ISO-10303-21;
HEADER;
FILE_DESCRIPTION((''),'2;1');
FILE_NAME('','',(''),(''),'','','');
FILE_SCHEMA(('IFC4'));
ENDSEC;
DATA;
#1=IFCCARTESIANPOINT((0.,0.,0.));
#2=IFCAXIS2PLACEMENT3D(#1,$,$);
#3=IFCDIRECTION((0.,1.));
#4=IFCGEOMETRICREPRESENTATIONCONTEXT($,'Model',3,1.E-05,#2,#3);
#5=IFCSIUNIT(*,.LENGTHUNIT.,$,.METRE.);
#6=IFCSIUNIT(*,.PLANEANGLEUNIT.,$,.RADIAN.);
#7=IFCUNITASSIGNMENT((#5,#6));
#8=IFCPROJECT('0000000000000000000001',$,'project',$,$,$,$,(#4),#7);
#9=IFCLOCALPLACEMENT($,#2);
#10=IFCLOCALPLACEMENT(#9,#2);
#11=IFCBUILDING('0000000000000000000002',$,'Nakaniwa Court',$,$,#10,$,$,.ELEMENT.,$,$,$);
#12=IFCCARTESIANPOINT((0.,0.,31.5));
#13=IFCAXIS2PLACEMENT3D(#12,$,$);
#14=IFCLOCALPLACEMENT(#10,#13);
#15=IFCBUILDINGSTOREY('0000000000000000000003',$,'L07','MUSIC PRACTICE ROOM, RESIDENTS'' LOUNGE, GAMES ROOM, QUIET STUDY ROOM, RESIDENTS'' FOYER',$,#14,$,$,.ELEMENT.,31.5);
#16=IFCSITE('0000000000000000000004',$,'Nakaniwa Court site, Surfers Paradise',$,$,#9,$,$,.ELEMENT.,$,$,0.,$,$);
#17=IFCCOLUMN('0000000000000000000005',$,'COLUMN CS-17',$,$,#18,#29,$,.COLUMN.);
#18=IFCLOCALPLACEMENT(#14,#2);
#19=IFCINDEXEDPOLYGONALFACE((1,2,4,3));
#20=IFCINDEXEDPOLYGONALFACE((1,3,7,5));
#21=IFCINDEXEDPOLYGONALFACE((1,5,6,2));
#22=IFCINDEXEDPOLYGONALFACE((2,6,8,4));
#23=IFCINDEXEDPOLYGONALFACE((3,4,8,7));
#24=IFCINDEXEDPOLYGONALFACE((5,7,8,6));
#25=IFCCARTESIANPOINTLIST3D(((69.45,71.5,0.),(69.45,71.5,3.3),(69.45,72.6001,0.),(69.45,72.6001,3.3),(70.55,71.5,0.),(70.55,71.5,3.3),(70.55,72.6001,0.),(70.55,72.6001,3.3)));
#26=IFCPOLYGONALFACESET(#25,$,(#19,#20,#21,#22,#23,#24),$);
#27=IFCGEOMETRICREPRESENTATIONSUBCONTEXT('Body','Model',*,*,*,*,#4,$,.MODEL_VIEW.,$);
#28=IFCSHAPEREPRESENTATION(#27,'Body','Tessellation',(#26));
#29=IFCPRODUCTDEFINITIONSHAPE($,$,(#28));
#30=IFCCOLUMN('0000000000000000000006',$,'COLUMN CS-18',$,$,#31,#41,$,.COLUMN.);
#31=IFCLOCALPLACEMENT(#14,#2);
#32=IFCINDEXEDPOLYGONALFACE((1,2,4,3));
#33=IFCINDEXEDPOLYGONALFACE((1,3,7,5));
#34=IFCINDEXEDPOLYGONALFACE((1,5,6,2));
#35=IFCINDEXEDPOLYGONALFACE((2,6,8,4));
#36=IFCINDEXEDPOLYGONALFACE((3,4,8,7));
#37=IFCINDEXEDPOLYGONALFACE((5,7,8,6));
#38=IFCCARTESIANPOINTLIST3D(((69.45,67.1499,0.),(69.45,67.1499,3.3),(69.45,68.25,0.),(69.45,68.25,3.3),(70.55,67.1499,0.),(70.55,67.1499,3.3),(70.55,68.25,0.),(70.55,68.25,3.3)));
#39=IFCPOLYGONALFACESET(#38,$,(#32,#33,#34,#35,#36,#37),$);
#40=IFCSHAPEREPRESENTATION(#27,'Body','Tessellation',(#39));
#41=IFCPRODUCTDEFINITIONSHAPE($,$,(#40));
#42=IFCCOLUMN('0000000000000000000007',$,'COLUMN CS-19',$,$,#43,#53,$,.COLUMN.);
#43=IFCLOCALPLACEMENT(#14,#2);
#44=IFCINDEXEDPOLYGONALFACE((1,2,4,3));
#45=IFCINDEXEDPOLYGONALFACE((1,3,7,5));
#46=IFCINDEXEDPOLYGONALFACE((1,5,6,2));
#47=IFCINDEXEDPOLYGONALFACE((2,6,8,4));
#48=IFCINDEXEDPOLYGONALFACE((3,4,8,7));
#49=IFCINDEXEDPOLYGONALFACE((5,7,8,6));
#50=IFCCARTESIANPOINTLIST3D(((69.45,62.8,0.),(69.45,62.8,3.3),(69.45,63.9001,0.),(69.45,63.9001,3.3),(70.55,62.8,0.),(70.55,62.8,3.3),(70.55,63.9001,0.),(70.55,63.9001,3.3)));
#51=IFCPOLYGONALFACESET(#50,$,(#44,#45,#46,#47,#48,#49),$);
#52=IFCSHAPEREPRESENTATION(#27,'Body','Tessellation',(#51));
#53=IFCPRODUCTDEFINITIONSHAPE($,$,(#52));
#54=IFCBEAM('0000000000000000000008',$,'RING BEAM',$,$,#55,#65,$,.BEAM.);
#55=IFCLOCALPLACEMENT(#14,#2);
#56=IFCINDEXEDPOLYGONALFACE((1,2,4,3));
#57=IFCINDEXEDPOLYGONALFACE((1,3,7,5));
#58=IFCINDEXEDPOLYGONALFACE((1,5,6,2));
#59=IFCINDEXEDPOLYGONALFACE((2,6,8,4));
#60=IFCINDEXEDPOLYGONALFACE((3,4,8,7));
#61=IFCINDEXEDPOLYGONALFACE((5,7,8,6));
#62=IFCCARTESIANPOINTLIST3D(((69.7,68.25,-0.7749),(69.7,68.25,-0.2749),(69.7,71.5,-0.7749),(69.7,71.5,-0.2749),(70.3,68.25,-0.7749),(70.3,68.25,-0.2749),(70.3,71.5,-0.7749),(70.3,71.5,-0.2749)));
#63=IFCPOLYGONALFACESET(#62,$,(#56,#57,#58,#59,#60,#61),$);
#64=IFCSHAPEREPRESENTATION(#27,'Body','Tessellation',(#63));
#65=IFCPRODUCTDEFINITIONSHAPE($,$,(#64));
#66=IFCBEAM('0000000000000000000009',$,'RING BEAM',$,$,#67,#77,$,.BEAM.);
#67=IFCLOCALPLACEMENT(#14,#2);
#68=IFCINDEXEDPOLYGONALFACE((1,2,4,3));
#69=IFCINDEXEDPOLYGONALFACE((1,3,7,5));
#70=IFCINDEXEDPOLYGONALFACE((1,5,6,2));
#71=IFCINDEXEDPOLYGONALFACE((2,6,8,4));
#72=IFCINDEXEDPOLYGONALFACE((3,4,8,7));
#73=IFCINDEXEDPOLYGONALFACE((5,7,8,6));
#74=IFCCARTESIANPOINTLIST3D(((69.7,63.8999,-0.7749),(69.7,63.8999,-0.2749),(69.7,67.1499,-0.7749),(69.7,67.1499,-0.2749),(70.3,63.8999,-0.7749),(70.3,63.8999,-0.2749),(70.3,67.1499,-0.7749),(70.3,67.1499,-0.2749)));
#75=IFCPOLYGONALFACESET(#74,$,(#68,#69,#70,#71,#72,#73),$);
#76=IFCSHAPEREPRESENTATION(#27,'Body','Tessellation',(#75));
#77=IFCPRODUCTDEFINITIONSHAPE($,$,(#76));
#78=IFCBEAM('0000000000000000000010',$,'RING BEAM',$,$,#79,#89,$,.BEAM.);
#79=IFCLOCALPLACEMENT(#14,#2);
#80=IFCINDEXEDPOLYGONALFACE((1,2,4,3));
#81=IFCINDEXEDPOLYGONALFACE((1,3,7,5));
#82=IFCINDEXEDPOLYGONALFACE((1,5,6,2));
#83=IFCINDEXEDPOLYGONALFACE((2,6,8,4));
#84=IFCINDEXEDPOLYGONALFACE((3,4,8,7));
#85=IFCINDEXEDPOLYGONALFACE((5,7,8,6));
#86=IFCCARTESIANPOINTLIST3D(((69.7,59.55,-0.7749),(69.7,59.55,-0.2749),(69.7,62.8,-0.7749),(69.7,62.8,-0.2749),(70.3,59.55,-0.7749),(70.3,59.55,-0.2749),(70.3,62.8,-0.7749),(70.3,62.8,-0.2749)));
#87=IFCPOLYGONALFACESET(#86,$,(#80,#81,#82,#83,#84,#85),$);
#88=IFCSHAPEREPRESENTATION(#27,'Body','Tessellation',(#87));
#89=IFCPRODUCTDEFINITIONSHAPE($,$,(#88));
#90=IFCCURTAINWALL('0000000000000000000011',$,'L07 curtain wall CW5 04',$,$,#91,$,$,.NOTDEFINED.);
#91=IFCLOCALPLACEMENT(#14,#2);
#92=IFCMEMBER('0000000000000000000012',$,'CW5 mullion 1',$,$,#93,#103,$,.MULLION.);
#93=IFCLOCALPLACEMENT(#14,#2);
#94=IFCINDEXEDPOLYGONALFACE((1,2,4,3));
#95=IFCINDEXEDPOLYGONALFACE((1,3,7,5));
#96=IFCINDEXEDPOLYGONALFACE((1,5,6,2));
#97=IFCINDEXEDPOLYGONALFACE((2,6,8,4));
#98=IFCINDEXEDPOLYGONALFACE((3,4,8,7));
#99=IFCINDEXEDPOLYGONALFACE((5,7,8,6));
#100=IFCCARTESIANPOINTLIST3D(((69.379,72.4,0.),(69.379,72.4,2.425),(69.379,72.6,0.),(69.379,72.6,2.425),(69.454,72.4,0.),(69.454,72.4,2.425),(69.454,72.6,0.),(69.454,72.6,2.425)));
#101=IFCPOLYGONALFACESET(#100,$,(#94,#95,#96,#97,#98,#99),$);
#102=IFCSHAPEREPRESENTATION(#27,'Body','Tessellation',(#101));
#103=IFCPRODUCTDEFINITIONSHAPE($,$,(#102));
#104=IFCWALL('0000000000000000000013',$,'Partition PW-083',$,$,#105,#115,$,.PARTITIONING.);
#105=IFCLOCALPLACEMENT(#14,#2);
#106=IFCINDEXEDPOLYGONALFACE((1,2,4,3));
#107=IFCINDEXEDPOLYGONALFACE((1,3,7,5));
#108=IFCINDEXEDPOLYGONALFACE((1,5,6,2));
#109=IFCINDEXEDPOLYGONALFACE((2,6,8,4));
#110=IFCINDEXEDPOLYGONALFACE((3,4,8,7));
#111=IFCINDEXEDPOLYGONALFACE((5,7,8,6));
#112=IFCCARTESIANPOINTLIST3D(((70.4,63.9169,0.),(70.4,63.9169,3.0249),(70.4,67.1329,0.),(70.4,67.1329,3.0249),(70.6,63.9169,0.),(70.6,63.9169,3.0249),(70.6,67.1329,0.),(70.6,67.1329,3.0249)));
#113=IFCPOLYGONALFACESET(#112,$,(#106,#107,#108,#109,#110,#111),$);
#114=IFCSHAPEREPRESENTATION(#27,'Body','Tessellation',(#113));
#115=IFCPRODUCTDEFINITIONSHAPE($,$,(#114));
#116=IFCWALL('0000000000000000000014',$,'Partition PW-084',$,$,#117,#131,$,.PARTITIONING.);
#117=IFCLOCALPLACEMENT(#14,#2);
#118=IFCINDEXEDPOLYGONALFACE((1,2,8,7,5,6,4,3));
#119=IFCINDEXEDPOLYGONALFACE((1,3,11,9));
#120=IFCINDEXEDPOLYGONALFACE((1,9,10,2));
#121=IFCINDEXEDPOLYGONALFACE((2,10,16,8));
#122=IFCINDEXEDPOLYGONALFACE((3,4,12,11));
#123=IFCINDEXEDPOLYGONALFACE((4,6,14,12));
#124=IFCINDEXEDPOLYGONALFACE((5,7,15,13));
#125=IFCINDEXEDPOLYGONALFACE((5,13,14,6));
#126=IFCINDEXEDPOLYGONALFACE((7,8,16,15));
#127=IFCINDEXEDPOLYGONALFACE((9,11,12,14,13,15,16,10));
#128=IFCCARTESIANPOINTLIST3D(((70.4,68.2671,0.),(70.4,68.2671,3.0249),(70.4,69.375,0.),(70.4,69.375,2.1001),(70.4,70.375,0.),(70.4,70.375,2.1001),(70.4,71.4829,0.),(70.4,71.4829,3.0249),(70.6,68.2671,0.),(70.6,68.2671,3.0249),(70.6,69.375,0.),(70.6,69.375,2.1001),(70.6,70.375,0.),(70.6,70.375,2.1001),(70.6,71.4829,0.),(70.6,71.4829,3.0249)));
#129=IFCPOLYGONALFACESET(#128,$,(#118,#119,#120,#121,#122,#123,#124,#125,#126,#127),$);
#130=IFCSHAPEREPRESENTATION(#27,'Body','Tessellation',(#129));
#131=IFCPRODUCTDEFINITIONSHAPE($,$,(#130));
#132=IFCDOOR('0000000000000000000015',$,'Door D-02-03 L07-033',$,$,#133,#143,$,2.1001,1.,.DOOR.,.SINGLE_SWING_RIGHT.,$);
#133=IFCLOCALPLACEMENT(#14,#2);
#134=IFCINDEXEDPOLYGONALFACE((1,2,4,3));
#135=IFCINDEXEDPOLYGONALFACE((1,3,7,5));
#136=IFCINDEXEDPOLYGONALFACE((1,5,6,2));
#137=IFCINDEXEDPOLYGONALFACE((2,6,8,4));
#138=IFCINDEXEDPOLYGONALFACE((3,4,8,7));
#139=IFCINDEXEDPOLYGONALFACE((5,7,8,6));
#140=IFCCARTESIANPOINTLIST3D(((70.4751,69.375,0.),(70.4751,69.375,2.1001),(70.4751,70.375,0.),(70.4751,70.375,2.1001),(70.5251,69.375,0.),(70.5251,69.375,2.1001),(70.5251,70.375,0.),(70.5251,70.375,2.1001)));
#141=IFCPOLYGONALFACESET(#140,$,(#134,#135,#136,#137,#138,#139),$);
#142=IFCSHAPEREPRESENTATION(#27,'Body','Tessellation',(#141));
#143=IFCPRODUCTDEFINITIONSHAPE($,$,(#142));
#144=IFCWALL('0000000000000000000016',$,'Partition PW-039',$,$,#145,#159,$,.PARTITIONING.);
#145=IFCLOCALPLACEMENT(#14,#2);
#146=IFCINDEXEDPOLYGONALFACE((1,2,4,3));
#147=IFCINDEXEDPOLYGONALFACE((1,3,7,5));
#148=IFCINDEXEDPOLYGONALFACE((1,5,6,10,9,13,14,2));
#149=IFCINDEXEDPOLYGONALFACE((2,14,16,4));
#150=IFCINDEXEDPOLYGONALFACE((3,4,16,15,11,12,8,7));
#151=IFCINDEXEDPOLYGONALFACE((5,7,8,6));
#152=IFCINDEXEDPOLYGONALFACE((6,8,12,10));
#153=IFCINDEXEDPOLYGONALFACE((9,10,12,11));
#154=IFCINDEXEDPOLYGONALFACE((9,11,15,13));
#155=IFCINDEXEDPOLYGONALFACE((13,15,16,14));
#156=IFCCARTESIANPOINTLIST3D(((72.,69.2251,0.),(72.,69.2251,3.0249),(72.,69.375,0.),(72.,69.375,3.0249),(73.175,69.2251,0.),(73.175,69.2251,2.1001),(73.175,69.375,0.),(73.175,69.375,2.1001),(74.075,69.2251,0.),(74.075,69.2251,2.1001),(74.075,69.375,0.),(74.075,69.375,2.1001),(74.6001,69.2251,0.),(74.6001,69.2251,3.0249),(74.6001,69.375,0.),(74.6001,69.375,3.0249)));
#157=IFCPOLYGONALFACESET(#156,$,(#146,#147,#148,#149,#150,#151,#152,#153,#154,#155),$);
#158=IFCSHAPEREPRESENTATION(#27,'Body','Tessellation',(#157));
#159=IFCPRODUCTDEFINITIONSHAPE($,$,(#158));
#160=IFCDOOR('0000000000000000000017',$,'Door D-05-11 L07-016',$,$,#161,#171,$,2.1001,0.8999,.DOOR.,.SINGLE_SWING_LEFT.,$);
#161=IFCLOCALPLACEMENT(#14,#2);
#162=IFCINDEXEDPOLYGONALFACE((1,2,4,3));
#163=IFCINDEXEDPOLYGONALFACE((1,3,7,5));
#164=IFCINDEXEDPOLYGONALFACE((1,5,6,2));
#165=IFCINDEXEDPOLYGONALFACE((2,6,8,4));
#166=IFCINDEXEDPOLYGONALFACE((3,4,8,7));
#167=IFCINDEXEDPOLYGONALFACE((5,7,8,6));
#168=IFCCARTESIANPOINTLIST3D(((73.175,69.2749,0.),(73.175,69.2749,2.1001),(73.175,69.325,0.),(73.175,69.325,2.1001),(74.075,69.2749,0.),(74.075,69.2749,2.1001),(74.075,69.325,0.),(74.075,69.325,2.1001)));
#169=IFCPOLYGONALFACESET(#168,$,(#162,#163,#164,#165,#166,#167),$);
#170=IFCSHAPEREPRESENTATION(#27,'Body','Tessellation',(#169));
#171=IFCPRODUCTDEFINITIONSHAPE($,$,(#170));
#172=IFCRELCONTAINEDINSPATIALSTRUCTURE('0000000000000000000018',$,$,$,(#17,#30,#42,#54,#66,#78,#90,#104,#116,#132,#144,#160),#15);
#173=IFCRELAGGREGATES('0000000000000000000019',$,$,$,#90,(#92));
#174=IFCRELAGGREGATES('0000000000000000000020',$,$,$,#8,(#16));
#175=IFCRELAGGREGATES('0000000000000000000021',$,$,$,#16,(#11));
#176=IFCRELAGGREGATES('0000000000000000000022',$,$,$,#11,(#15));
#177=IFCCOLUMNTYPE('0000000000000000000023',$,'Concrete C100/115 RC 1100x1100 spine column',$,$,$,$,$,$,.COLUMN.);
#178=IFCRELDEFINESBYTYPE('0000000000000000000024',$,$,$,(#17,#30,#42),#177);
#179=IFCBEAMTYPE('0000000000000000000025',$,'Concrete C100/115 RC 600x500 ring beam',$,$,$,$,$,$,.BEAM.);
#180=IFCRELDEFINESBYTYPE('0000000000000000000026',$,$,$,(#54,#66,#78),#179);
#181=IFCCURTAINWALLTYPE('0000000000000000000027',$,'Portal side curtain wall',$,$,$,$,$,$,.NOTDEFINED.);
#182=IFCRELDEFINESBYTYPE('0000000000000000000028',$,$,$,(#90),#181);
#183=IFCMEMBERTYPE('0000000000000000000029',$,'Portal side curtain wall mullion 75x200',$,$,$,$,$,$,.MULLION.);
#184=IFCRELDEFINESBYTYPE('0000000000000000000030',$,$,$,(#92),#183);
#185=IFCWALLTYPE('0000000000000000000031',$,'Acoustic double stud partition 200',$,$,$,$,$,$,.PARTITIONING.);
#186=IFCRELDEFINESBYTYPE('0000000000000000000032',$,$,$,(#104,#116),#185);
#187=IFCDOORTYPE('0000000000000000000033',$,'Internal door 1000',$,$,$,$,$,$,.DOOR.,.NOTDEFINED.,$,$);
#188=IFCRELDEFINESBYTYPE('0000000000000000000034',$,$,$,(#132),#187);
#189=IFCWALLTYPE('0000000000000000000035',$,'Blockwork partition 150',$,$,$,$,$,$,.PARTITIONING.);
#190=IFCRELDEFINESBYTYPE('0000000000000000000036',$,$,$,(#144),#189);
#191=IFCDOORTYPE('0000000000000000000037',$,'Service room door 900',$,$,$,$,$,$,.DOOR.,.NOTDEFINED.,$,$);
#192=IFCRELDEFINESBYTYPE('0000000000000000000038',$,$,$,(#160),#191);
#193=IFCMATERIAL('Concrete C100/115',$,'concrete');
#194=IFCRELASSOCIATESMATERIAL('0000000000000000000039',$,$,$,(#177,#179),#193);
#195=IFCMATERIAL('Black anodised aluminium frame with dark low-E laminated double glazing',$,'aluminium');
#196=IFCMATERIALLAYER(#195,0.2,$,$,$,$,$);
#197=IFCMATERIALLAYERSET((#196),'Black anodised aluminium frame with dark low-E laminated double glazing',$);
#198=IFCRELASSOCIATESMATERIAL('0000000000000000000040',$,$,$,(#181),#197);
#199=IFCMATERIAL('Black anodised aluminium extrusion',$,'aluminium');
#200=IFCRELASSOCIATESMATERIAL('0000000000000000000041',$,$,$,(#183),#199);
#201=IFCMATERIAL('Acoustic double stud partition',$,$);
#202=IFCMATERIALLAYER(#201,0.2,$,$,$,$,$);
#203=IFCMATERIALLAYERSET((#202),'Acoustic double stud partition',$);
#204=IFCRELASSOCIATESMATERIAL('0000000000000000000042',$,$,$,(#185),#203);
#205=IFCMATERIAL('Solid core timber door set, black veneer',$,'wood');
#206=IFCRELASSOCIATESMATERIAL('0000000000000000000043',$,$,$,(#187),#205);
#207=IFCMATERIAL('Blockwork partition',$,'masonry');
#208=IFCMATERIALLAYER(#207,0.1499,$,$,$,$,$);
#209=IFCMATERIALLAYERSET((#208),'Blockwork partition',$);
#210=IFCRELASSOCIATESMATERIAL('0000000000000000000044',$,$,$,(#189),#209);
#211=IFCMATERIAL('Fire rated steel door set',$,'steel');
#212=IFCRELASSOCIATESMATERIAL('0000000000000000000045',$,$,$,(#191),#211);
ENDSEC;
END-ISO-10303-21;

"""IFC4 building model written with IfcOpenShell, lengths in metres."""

from ifc_helpers import new_model, si_unit, direction, frame, frame_2d, origin, origin_2d, place, context, subcontext, project, spatial, rectangle, extrude, material, layer, layer_set, material_profile, profile_set, type_object, element, fill, aggregate, save


model = new_model("IFC4")

# Units and contexts
model_context = context("Model", 3, precision=1e-05, world=origin(), true_north=direction((0.0, 1.0)))
body_context = subcontext(model_context, "Body", "Model", "MODEL_VIEW")
ifc_project = project(units=[si_unit("LENGTHUNIT", "METRE"), si_unit("PLANEANGLEUNIT", "RADIAN")], contexts=[model_context])

# Site, building, storey
site_placement = place(None, origin())
site = spatial("IfcSite", under=ifc_project, at=site_placement, Name="Nakaniwa Court site, Surfers Paradise", CompositionType="ELEMENT", RefElevation=0.0)
building_placement = place(site_placement, origin())
building = spatial("IfcBuilding", under=site, at=building_placement, Name="Nakaniwa Court", CompositionType="ELEMENT")
storey_placement = place(building_placement, frame((0.0, 0.0, 31.5)))
storey = spatial("IfcBuildingStorey", under=building, at=storey_placement, Name="L07", Description="MUSIC PRACTICE ROOM, RESIDENTS' LOUNGE, GAMES ROOM, QUIET STUDY ROOM, RESIDENTS' FOYER", CompositionType="ELEMENT", Elevation=31.5)

# Columns
ifc_material_1 = material(Name="Concrete C100/115", Category="concrete")
ifc_material_profile_1 = material_profile(ifc_material_1, rectangle(XDim=1.1001, YDim=1.1001, at=origin_2d()), Name="Concrete C100/115 RC 1100x1100 spine column")
ifc_profile_set_1 = profile_set([ifc_material_profile_1], Name="Concrete C100/115")
column_type = type_object("IfcColumnType", Name="Concrete C100/115 RC 1100x1100 spine column", PredefinedType="COLUMN", material=ifc_profile_set_1)
for number, where, z_axis, x_axis, name in (
    (1, (70.0, 72.05, 0.0), (0.0, 0.0, 1.0), (0.0, -1.0, 0.0), "COLUMN CS-17"),
    (2, (70.0, 67.7, 0.0), (0.0, 0.0, 1.0), (0.0, -1.0, 0.0), "COLUMN CS-18"),
    (3, (70.0, 63.3501, 0.0), (0.0, 0.0, 1.0), (0.0, -1.0, 0.0), "COLUMN CS-19"),
):
    element("IfcColumn", number, at=place(storey_placement, frame(where, z_axis=z_axis, x_axis=x_axis)), inside=storey, type_object=column_type, Name=name, PredefinedType="COLUMN", context=body_context, shape_type="SweptSolid", body=[
        extrude(rectangle(XDim=1.1001, YDim=1.1001, at=origin_2d()), origin(), (0.0, 0.0, 1.0), 3.3),
    ])

# Beams
ifc_material_profile_2 = material_profile(ifc_material_1, rectangle(XDim=0.6001, YDim=0.5, at=origin_2d()), Name="Concrete C100/115 RC 600x500 ring beam")
ifc_profile_set_2 = profile_set([ifc_material_profile_2], Name="Concrete C100/115")
beam_type = type_object("IfcBeamType", Name="Concrete C100/115 RC 600x500 ring beam", PredefinedType="BEAM", material=ifc_profile_set_2)
for number, where, z_axis, x_axis, name in (
    (4, (70.0, 71.5, -0.5249), (0.0, -1.0, 0.0), (1.0, 0.0, 0.0), "RING BEAM"),
    (5, (70.0, 67.1499, -0.5249), (0.0, -1.0, 0.0), (1.0, 0.0, 0.0), "RING BEAM"),
    (6, (70.0, 62.8, -0.5249), (0.0, -1.0, 0.0), (1.0, 0.0, 0.0), "RING BEAM"),
):
    element("IfcBeam", number, at=place(storey_placement, frame(where, z_axis=z_axis, x_axis=x_axis)), inside=storey, type_object=beam_type, Name=name, PredefinedType="BEAM", context=body_context, shape_type="SweptSolid", body=[
        extrude(rectangle(XDim=0.6001, YDim=0.5, at=origin_2d()), origin(), (0.0, 0.0, 1.0), 3.25),
    ])

# Curtain wall, member
ifc_material_2 = material(Name="Black anodised aluminium frame with dark low-E laminated double glazing", Category="aluminium")
ifc_layer_1 = layer(ifc_material_2, 0.2)
ifc_layer_set_1 = layer_set([ifc_layer_1], Name="Black anodised aluminium frame with dark low-E laminated double glazing")
curtain_wall_type = type_object("IfcCurtainWallType", Name="Portal side curtain wall", PredefinedType="NOTDEFINED", material=ifc_layer_set_1)
curtain_wall_placement = place(storey_placement, origin())
curtain_wall = element("IfcCurtainWall", 7, at=curtain_wall_placement, inside=storey, type_object=curtain_wall_type, Name="L07 curtain wall CW5 04", PredefinedType="NOTDEFINED")
ifc_material_3 = material(Name="Black anodised aluminium extrusion", Category="aluminium")
ifc_material_profile_3 = material_profile(ifc_material_3, rectangle(XDim=0.2, YDim=0.075, at=origin_2d()), Name="Portal side curtain wall mullion 75x200")
ifc_profile_set_3 = profile_set([ifc_material_profile_3], Name="Black anodised aluminium extrusion")
member_type = type_object("IfcMemberType", Name="Portal side curtain wall mullion 75x200", PredefinedType="MULLION", material=ifc_profile_set_3)
member_placement = place(storey_placement, frame((69.4165, 72.5, 0.0), z_axis=(0.0, 0.0, 1.0), x_axis=(0.0, -1.0, 0.0)))
member = element("IfcMember", 8, at=member_placement, type_object=member_type, Name="CW5 mullion 1", PredefinedType="MULLION", context=body_context, shape_type="SweptSolid", body=[
    extrude(rectangle(XDim=0.2, YDim=0.075, at=origin_2d()), origin(), (0.0, 0.0, 1.0), 2.425),
])
aggregate(curtain_wall, [member])

# Wall
ifc_material_4 = material(Name="Acoustic double stud partition")
ifc_layer_2 = layer(ifc_material_4, 0.2)
ifc_layer_set_2 = layer_set([ifc_layer_2], Name="Acoustic double stud partition")
wall_type_1 = type_object("IfcWallType", Name="Acoustic double stud partition 200", PredefinedType="PARTITIONING", material=ifc_layer_set_2)
wall_1_placement = place(storey_placement, frame((70.5, 63.917, 0.0), z_axis=(0.0, 0.0, 1.0), x_axis=(0.0, 1.0, 0.0)))
element("IfcWall", 9, at=wall_1_placement, inside=storey, type_object=wall_type_1, Name="Partition PW-083", PredefinedType="PARTITIONING", context=body_context, shape_type="SweptSolid", body=[
    extrude(rectangle(XDim=3.2161, YDim=0.2, at=frame_2d((1.6079, 0.0))), origin(), (0.0, 0.0, 1.0), 3.0249),
])

# Walls, openings, doors
wall_2_placement = place(storey_placement, frame((70.5, 68.2671, 0.0), z_axis=(0.0, 0.0, 1.0), x_axis=(0.0, 1.0, 0.0)))
wall_2 = element("IfcWall", 10, at=wall_2_placement, inside=storey, type_object=wall_type_1, Name="Partition PW-084", PredefinedType="PARTITIONING", context=body_context, shape_type="SweptSolid", body=[
    extrude(rectangle(XDim=3.2158, YDim=0.2, at=frame_2d((1.6079, 0.0))), origin(), (0.0, 0.0, 1.0), 3.0249),
])
opening_1_placement = place(wall_2_placement, frame((1.1079, 0.0, 0.0)))
opening_1 = element("IfcOpeningElement", 11, at=opening_1_placement, cuts=wall_2, PredefinedType="OPENING", context=body_context, shape_type="SweptSolid", body=[
    extrude(rectangle(XDim=1.0, YDim=2.1001, at=frame_2d((0.5, 1.05))), frame((0.0, 0.1099, 0.0), z_axis=(0.0, -1.0, 0.0), x_axis=(1.0, 0.0, 0.0)), (0.0, 0.0, 1.0), 0.22),
])
ifc_material_5 = material(Name="Solid core timber door set, black veneer", Category="wood")
door_type_1 = type_object("IfcDoorType", Name="Internal door 1000", OperationType="NOTDEFINED", PredefinedType="DOOR", material=ifc_material_5)
door_1_placement = place(opening_1_placement, origin())
door_1 = element("IfcDoor", 12, at=door_1_placement, inside=storey, type_object=door_type_1, Name="Door D-02-03 L07-033", OperationType="SINGLE_SWING_RIGHT", OverallHeight=2.1001, OverallWidth=1.0, PredefinedType="DOOR", context=body_context, shape_type="SweptSolid", body=[
    extrude(rectangle(XDim=1.0, YDim=2.1001, at=frame_2d((0.5, 1.05))), frame((0.0, 0.0249, 0.0), z_axis=(0.0, -1.0, 0.0), x_axis=(1.0, 0.0, 0.0)), (0.0, 0.0, 1.0), 0.05),
])
fill(opening_1, door_1)
ifc_material_6 = material(Name="Blockwork partition", Category="masonry")
ifc_layer_3 = layer(ifc_material_6, 0.1499)
ifc_layer_set_3 = layer_set([ifc_layer_3], Name="Blockwork partition")
wall_type_2 = type_object("IfcWallType", Name="Blockwork partition 150", PredefinedType="PARTITIONING", material=ifc_layer_set_3)
wall_3_placement = place(storey_placement, frame((72.0, 69.3, 0.0), z_axis=(0.0, 0.0, 1.0), x_axis=(1.0, 0.0, 0.0)))
wall_3 = element("IfcWall", 13, at=wall_3_placement, inside=storey, type_object=wall_type_2, Name="Partition PW-039", PredefinedType="PARTITIONING", context=body_context, shape_type="SweptSolid", body=[
    extrude(rectangle(XDim=2.6001, YDim=0.1499, at=frame_2d((1.3, 0.0))), origin(), (0.0, 0.0, 1.0), 3.0249),
])
opening_2_placement = place(wall_3_placement, frame((1.175, 0.0, 0.0)))
opening_2 = element("IfcOpeningElement", 14, at=opening_2_placement, cuts=wall_3, PredefinedType="OPENING", context=body_context, shape_type="SweptSolid", body=[
    extrude(rectangle(XDim=0.8999, YDim=2.1001, at=frame_2d((0.45, 1.05))), frame((0.0, 0.085, 0.0), z_axis=(0.0, -1.0, 0.0), x_axis=(1.0, 0.0, 0.0)), (0.0, 0.0, 1.0), 0.1699),
])
ifc_material_7 = material(Name="Fire rated steel door set", Category="steel")
door_type_2 = type_object("IfcDoorType", Name="Service room door 900", OperationType="NOTDEFINED", PredefinedType="DOOR", material=ifc_material_7)
door_2_placement = place(opening_2_placement, origin())
door_2 = element("IfcDoor", 15, at=door_2_placement, inside=storey, type_object=door_type_2, Name="Door D-05-11 L07-016", OperationType="SINGLE_SWING_LEFT", OverallHeight=2.1001, OverallWidth=0.8999, PredefinedType="DOOR", context=body_context, shape_type="SweptSolid", body=[
    extrude(rectangle(XDim=0.8999, YDim=2.1001, at=frame_2d((0.45, 1.05))), frame((0.0, 0.0249, 0.0), z_axis=(0.0, -1.0, 0.0), x_axis=(1.0, 0.0, 0.0)), (0.0, 0.0, 1.0), 0.05),
])
fill(opening_2, door_2)

save(model, "model.ifc")
